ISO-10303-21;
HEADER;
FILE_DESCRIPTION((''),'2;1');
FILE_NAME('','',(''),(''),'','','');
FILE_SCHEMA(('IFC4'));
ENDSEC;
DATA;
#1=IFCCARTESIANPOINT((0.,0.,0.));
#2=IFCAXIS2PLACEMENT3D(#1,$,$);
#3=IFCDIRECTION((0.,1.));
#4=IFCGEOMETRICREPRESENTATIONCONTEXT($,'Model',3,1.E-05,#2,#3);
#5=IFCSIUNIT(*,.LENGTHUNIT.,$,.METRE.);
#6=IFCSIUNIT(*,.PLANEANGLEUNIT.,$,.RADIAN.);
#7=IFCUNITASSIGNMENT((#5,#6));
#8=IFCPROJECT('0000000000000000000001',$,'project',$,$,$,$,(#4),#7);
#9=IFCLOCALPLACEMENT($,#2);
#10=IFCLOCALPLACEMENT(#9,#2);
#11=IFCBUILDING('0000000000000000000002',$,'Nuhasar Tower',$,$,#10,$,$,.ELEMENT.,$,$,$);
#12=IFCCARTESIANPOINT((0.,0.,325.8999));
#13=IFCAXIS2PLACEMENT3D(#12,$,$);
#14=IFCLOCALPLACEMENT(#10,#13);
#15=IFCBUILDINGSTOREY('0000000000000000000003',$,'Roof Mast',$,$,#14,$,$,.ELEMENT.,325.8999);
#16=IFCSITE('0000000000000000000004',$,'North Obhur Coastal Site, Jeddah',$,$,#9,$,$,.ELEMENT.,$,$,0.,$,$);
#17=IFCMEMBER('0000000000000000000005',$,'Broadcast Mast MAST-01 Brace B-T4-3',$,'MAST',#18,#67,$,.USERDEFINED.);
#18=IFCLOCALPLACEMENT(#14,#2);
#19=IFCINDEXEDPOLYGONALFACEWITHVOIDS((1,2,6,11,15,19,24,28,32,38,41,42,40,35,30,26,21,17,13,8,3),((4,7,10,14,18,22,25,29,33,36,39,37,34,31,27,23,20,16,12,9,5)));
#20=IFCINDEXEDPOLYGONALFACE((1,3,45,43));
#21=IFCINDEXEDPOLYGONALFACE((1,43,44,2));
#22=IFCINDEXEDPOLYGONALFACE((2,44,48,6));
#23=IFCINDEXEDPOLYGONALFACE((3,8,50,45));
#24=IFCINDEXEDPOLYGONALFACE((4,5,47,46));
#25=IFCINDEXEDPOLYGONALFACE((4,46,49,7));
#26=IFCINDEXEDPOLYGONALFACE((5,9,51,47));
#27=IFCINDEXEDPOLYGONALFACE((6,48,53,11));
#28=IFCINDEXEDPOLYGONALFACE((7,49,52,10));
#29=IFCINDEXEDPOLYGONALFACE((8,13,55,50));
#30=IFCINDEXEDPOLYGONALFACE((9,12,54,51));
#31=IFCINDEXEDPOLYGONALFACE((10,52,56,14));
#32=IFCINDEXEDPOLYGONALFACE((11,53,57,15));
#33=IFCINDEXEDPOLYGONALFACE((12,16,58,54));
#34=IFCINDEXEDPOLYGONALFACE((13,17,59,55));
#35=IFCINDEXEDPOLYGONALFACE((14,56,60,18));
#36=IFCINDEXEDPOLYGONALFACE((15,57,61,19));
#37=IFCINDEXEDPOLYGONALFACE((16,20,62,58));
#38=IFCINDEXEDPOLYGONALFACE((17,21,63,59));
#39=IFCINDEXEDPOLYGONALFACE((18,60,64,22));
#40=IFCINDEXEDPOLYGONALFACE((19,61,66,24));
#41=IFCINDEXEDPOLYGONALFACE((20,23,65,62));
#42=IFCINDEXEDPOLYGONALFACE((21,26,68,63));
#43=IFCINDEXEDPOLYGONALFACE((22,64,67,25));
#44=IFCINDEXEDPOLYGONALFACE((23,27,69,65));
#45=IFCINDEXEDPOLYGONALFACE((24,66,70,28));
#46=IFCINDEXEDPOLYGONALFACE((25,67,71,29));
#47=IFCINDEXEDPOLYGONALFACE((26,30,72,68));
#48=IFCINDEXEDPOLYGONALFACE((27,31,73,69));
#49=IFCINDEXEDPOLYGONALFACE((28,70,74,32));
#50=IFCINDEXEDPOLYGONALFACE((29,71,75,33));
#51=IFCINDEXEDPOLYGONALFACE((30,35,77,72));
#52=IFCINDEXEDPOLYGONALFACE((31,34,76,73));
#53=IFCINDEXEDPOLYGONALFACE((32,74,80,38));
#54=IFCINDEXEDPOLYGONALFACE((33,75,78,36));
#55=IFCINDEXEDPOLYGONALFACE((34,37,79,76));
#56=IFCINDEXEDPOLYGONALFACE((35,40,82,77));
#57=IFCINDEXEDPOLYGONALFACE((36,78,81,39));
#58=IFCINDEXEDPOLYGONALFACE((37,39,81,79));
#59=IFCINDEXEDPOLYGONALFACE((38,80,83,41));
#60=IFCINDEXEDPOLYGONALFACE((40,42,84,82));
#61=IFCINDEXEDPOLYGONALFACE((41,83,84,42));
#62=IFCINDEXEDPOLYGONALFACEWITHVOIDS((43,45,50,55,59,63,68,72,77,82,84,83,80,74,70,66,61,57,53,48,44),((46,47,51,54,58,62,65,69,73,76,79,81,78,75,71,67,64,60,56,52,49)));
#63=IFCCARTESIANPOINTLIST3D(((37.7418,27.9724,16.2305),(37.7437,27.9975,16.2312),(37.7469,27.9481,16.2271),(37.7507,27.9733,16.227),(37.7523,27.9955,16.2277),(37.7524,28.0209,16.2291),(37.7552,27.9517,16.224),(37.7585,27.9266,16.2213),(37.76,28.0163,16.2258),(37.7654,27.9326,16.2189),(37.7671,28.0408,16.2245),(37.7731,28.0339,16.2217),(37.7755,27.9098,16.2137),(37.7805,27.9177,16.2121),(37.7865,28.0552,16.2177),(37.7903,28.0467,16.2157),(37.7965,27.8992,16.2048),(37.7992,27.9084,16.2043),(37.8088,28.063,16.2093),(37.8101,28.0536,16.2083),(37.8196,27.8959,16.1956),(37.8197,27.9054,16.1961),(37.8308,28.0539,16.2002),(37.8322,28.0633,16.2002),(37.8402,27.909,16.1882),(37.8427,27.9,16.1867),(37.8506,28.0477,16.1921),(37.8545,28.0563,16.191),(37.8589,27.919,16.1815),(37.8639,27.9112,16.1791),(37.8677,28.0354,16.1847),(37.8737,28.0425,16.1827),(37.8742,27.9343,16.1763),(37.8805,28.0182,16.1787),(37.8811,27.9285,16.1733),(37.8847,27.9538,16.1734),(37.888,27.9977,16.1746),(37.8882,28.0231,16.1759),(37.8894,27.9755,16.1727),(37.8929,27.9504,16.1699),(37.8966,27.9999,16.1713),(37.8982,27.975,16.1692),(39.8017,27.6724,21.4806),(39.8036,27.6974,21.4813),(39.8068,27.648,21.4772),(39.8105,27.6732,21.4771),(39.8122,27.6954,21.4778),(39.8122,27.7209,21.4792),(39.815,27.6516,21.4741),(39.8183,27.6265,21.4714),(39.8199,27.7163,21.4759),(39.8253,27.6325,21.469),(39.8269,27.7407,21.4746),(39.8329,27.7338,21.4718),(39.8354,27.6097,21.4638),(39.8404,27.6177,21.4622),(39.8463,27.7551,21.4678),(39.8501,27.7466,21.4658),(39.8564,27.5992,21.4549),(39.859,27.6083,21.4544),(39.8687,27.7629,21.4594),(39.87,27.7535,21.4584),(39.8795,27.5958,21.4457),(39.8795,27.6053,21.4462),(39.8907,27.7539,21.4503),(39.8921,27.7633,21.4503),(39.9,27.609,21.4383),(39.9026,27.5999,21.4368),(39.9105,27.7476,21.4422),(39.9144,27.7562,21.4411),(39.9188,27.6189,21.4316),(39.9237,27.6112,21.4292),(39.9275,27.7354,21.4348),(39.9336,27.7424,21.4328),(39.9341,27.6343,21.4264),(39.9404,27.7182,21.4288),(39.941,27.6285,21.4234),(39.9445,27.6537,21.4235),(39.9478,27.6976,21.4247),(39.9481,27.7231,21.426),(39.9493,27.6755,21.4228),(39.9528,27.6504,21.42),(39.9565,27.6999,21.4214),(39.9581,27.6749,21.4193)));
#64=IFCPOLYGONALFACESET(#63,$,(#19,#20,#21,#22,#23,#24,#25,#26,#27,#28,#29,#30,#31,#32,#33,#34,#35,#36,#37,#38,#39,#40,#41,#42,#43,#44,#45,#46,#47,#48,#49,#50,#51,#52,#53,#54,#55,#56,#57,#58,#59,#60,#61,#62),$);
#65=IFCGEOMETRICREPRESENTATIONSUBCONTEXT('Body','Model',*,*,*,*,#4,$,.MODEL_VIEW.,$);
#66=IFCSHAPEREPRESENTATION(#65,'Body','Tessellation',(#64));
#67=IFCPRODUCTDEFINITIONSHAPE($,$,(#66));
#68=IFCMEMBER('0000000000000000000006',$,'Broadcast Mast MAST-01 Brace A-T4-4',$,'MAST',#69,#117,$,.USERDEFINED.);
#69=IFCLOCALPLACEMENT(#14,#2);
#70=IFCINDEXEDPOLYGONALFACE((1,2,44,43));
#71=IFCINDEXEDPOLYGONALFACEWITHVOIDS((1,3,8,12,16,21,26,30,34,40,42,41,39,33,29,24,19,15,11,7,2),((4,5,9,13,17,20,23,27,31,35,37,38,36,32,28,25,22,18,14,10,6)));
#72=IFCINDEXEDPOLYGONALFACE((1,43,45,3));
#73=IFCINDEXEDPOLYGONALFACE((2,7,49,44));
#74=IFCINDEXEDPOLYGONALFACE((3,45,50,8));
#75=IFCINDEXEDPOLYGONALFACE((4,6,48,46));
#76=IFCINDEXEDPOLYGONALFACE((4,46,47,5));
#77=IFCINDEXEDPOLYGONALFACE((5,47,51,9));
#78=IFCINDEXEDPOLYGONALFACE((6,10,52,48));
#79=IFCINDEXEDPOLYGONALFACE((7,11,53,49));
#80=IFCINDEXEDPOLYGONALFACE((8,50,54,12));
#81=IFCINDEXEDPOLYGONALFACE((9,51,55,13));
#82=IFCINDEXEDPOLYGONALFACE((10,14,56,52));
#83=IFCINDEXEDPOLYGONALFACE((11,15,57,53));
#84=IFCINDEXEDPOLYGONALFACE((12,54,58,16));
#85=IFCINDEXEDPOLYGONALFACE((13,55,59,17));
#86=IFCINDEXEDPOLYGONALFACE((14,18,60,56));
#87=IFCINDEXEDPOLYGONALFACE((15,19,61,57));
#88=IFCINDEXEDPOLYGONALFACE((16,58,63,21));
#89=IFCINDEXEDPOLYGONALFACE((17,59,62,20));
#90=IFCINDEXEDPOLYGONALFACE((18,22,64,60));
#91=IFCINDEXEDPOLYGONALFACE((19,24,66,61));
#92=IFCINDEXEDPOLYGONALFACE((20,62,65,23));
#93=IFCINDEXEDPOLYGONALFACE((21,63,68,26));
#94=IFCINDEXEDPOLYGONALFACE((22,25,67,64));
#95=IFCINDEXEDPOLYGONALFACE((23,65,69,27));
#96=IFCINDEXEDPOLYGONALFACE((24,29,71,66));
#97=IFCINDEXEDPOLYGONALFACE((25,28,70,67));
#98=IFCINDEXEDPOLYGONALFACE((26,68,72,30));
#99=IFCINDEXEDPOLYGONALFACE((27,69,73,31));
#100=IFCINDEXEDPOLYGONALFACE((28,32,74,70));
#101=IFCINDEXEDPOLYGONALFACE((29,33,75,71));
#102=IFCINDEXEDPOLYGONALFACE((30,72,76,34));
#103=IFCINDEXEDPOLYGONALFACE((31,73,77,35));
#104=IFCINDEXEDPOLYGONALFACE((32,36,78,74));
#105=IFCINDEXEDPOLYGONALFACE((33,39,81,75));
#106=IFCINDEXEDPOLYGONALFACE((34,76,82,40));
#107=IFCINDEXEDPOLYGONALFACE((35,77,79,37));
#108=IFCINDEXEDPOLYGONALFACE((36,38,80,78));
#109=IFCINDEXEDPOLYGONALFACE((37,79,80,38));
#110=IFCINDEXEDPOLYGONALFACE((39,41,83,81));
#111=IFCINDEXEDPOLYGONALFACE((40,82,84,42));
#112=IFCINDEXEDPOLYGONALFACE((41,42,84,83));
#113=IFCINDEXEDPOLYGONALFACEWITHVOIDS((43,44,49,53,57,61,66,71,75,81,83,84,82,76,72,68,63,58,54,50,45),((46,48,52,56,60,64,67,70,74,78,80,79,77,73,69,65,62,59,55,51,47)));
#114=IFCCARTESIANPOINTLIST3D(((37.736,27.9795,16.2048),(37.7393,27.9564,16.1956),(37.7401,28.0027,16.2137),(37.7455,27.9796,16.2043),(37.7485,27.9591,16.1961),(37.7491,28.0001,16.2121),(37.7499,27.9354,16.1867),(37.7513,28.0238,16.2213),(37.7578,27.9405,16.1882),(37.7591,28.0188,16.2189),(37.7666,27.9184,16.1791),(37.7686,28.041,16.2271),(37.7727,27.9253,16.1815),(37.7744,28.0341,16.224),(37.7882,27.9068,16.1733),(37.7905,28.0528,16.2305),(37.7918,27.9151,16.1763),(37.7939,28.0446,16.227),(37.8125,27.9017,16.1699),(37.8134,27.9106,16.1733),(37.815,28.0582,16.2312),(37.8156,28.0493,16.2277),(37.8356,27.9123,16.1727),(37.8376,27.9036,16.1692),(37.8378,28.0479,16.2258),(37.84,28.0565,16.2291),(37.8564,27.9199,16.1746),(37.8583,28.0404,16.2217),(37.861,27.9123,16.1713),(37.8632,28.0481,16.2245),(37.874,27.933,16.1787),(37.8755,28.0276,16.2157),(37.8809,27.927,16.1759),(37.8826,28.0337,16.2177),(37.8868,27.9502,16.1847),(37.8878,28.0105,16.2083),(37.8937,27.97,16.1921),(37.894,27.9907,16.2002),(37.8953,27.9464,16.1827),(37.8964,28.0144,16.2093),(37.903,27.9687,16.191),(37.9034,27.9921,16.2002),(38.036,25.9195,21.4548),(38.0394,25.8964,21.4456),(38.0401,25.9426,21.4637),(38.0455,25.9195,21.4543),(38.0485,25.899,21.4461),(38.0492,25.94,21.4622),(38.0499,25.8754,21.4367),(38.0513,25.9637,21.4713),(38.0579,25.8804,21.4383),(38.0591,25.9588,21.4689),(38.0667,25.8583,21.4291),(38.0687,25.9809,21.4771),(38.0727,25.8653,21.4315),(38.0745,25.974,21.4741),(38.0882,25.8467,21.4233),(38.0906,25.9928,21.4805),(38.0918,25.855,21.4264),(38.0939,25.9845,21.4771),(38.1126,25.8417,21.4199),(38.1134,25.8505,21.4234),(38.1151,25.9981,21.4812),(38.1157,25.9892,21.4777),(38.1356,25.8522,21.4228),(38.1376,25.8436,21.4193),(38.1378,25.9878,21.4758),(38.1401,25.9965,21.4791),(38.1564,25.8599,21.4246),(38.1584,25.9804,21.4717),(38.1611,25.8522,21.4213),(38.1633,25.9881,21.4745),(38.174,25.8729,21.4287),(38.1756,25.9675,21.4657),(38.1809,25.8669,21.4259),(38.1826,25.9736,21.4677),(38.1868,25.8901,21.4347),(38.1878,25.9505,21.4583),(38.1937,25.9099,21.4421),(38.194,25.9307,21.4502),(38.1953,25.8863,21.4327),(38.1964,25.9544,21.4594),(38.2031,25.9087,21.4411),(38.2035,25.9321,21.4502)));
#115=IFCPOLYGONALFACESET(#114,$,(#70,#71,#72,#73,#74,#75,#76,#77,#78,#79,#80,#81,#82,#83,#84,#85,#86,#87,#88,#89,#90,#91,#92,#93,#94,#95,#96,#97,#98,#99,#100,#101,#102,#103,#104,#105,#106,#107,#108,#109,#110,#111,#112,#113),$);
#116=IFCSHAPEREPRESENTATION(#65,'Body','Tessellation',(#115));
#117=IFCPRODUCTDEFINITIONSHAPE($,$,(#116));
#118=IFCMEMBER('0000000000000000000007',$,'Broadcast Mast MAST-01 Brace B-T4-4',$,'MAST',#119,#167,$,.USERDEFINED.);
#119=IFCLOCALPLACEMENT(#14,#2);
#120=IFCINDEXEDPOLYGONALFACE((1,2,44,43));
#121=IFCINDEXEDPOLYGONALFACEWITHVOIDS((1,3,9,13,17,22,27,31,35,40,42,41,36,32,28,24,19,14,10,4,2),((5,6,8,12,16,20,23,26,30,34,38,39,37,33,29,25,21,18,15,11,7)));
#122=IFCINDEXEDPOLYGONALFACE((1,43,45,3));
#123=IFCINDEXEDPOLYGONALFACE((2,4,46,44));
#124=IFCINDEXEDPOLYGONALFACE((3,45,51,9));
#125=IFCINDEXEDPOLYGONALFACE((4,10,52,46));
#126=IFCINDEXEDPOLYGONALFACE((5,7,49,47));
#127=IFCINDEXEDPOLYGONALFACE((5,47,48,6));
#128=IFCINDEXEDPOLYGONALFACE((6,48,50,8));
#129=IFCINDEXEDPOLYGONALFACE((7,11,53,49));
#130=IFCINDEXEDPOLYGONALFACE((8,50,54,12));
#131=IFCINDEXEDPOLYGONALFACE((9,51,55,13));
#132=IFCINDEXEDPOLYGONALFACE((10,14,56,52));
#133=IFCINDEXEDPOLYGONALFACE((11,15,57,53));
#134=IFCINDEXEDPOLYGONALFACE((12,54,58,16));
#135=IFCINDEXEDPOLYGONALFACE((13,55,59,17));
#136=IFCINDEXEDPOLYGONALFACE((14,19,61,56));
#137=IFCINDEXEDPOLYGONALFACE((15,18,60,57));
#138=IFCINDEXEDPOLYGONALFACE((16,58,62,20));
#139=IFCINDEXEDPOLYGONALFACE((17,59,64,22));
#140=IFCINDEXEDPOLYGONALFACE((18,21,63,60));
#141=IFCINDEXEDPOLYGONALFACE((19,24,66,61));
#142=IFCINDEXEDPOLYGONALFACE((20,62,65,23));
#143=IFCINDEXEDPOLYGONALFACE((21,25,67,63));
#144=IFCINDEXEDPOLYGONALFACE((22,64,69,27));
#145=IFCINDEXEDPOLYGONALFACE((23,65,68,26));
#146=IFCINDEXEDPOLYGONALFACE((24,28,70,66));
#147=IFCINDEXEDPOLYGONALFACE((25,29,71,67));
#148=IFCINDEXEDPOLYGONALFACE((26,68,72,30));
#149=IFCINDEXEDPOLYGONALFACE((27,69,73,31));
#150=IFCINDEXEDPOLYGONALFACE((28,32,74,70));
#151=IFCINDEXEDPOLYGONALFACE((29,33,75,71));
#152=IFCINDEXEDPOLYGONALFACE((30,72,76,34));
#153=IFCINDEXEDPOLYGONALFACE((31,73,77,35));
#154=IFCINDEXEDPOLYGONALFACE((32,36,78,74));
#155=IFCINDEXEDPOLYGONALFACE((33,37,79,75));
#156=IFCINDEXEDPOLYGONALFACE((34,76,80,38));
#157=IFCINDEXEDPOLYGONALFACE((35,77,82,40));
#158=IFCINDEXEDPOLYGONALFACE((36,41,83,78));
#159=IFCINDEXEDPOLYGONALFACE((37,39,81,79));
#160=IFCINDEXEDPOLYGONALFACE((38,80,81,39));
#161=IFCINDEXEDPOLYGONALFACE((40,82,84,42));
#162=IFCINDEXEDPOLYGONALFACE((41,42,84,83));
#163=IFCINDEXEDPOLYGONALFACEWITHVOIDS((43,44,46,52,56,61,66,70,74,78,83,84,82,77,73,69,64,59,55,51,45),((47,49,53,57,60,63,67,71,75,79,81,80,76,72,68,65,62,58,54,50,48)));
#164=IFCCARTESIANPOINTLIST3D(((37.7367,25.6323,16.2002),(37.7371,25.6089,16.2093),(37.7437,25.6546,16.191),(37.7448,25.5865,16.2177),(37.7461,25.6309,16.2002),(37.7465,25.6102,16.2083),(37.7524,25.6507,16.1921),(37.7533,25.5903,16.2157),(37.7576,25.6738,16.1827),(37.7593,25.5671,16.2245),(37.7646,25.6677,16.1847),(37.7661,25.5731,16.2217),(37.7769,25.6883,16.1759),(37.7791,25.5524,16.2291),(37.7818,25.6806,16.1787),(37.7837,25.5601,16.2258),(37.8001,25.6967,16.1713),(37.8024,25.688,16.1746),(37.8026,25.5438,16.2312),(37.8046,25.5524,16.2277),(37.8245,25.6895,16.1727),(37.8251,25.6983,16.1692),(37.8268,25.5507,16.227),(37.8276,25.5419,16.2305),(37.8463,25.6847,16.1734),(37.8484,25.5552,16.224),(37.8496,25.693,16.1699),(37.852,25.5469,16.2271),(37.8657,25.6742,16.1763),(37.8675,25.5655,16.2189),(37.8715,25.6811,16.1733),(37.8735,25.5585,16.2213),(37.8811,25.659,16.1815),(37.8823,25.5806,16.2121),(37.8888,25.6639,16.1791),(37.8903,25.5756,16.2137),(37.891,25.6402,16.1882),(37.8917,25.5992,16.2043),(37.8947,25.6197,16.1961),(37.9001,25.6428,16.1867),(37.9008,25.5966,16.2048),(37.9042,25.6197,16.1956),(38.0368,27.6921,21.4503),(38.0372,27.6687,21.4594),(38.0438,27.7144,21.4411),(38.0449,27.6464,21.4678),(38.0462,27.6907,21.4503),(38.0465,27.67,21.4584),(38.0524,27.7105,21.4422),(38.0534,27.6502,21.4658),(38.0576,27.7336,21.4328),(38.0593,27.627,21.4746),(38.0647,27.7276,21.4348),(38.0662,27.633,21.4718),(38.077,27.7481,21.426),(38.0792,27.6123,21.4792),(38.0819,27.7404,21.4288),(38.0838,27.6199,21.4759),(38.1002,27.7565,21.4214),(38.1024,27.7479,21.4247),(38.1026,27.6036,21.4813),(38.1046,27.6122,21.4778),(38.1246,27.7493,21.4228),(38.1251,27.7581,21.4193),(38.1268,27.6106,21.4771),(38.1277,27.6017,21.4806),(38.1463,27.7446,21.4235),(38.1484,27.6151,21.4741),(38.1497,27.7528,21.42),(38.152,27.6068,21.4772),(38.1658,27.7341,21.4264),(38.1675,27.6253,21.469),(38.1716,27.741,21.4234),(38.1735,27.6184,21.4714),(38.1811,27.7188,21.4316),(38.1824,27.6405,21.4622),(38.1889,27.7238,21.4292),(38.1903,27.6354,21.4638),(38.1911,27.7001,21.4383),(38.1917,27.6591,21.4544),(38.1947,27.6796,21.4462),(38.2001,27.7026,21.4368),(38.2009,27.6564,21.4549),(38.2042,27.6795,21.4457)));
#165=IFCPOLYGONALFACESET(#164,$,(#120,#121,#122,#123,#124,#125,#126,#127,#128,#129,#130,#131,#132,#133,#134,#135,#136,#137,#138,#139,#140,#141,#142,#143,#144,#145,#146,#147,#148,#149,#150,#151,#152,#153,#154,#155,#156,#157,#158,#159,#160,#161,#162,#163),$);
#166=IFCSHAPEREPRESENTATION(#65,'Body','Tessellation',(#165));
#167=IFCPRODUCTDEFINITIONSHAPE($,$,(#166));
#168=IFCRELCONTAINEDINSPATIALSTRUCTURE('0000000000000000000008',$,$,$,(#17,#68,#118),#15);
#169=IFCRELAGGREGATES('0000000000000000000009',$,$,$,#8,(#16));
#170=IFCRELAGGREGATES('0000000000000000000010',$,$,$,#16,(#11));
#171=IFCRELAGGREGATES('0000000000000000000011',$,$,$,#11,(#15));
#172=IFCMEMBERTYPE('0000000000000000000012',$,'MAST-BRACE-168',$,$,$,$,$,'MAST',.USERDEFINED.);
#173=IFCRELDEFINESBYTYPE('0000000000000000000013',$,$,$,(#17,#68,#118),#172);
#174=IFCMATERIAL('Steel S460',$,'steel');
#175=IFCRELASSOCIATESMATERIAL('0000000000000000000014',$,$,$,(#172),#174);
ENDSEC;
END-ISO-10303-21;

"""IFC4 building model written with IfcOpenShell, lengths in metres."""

from ifc_helpers import new_model, si_unit, direction, frame, origin, origin_2d, place, context, subcontext, project, spatial, hollow_circle, extrude, material, material_profile, profile_set, type_object, element, save


model = new_model("IFC4")

# Units and contexts
model_context = context("Model", 3, precision=1e-05, world=origin(), true_north=direction((0.0, 1.0)))
body_context = subcontext(model_context, "Body", "Model", "MODEL_VIEW")
ifc_project = project(units=[si_unit("LENGTHUNIT", "METRE"), si_unit("PLANEANGLEUNIT", "RADIAN")], contexts=[model_context])

# Site, building, storey
site_placement = place(None, origin())
site = spatial("IfcSite", under=ifc_project, at=site_placement, Name="North Obhur Coastal Site, Jeddah", CompositionType="ELEMENT", RefElevation=0.0)
building_placement = place(site_placement, origin())
building = spatial("IfcBuilding", under=site, at=building_placement, Name="Nuhasar Tower", CompositionType="ELEMENT")
storey_placement = place(building_placement, frame((0.0, 0.0, 325.8999)))
storey = spatial("IfcBuildingStorey", under=building, at=storey_placement, Name="Roof Mast", CompositionType="ELEMENT", Elevation=325.8999)

# Shared definitions
ifc_material = material(Name="Steel S460", Category="steel")

# Members
ifc_material_profile_1 = material_profile(ifc_material, hollow_circle(Radius=0.0842, WallThickness=0.0095, at=origin_2d()), Name="HSS168.3X9.5")
ifc_profile_set_1 = profile_set([ifc_material_profile_1], Name="Steel S460")
member_type = type_object("IfcMemberType", Name="MAST-BRACE-168", ElementType="MAST", PredefinedType="USERDEFINED", material=ifc_profile_set_1)
for number, where, z_axis, x_axis, name in (
    (1, (37.8201, 27.98, 16.2002), (0.364724, -0.053129, 0.929599), (0.144147, 0.989556, 0.0), "Broadcast Mast MAST-01 Brace B-T4-3"),
    (2, (37.8201, 27.98, 16.2002), (0.053128, -0.364761, 0.929584), (0.989559, 0.14413, 0.0), "Broadcast Mast MAST-01 Brace A-T4-4"),
    (3, (37.8201, 25.6201, 16.2002), (0.053129, 0.364724, 0.929599), (-0.989556, 0.144147, 0.0), "Broadcast Mast MAST-01 Brace B-T4-4"),
):
    element("IfcMember", number, at=place(storey_placement, frame(where, z_axis=z_axis, x_axis=x_axis)), inside=storey, type_object=member_type, Name=name, ObjectType="MAST", PredefinedType="USERDEFINED", context=body_context, shape_type="SweptSolid", body=[
        extrude(hollow_circle(Radius=0.0842, WallThickness=0.0095, at=origin_2d()), origin(), (0.0, 0.0, 1.0), 5.6477),
    ])

save(model, "model.ifc")
